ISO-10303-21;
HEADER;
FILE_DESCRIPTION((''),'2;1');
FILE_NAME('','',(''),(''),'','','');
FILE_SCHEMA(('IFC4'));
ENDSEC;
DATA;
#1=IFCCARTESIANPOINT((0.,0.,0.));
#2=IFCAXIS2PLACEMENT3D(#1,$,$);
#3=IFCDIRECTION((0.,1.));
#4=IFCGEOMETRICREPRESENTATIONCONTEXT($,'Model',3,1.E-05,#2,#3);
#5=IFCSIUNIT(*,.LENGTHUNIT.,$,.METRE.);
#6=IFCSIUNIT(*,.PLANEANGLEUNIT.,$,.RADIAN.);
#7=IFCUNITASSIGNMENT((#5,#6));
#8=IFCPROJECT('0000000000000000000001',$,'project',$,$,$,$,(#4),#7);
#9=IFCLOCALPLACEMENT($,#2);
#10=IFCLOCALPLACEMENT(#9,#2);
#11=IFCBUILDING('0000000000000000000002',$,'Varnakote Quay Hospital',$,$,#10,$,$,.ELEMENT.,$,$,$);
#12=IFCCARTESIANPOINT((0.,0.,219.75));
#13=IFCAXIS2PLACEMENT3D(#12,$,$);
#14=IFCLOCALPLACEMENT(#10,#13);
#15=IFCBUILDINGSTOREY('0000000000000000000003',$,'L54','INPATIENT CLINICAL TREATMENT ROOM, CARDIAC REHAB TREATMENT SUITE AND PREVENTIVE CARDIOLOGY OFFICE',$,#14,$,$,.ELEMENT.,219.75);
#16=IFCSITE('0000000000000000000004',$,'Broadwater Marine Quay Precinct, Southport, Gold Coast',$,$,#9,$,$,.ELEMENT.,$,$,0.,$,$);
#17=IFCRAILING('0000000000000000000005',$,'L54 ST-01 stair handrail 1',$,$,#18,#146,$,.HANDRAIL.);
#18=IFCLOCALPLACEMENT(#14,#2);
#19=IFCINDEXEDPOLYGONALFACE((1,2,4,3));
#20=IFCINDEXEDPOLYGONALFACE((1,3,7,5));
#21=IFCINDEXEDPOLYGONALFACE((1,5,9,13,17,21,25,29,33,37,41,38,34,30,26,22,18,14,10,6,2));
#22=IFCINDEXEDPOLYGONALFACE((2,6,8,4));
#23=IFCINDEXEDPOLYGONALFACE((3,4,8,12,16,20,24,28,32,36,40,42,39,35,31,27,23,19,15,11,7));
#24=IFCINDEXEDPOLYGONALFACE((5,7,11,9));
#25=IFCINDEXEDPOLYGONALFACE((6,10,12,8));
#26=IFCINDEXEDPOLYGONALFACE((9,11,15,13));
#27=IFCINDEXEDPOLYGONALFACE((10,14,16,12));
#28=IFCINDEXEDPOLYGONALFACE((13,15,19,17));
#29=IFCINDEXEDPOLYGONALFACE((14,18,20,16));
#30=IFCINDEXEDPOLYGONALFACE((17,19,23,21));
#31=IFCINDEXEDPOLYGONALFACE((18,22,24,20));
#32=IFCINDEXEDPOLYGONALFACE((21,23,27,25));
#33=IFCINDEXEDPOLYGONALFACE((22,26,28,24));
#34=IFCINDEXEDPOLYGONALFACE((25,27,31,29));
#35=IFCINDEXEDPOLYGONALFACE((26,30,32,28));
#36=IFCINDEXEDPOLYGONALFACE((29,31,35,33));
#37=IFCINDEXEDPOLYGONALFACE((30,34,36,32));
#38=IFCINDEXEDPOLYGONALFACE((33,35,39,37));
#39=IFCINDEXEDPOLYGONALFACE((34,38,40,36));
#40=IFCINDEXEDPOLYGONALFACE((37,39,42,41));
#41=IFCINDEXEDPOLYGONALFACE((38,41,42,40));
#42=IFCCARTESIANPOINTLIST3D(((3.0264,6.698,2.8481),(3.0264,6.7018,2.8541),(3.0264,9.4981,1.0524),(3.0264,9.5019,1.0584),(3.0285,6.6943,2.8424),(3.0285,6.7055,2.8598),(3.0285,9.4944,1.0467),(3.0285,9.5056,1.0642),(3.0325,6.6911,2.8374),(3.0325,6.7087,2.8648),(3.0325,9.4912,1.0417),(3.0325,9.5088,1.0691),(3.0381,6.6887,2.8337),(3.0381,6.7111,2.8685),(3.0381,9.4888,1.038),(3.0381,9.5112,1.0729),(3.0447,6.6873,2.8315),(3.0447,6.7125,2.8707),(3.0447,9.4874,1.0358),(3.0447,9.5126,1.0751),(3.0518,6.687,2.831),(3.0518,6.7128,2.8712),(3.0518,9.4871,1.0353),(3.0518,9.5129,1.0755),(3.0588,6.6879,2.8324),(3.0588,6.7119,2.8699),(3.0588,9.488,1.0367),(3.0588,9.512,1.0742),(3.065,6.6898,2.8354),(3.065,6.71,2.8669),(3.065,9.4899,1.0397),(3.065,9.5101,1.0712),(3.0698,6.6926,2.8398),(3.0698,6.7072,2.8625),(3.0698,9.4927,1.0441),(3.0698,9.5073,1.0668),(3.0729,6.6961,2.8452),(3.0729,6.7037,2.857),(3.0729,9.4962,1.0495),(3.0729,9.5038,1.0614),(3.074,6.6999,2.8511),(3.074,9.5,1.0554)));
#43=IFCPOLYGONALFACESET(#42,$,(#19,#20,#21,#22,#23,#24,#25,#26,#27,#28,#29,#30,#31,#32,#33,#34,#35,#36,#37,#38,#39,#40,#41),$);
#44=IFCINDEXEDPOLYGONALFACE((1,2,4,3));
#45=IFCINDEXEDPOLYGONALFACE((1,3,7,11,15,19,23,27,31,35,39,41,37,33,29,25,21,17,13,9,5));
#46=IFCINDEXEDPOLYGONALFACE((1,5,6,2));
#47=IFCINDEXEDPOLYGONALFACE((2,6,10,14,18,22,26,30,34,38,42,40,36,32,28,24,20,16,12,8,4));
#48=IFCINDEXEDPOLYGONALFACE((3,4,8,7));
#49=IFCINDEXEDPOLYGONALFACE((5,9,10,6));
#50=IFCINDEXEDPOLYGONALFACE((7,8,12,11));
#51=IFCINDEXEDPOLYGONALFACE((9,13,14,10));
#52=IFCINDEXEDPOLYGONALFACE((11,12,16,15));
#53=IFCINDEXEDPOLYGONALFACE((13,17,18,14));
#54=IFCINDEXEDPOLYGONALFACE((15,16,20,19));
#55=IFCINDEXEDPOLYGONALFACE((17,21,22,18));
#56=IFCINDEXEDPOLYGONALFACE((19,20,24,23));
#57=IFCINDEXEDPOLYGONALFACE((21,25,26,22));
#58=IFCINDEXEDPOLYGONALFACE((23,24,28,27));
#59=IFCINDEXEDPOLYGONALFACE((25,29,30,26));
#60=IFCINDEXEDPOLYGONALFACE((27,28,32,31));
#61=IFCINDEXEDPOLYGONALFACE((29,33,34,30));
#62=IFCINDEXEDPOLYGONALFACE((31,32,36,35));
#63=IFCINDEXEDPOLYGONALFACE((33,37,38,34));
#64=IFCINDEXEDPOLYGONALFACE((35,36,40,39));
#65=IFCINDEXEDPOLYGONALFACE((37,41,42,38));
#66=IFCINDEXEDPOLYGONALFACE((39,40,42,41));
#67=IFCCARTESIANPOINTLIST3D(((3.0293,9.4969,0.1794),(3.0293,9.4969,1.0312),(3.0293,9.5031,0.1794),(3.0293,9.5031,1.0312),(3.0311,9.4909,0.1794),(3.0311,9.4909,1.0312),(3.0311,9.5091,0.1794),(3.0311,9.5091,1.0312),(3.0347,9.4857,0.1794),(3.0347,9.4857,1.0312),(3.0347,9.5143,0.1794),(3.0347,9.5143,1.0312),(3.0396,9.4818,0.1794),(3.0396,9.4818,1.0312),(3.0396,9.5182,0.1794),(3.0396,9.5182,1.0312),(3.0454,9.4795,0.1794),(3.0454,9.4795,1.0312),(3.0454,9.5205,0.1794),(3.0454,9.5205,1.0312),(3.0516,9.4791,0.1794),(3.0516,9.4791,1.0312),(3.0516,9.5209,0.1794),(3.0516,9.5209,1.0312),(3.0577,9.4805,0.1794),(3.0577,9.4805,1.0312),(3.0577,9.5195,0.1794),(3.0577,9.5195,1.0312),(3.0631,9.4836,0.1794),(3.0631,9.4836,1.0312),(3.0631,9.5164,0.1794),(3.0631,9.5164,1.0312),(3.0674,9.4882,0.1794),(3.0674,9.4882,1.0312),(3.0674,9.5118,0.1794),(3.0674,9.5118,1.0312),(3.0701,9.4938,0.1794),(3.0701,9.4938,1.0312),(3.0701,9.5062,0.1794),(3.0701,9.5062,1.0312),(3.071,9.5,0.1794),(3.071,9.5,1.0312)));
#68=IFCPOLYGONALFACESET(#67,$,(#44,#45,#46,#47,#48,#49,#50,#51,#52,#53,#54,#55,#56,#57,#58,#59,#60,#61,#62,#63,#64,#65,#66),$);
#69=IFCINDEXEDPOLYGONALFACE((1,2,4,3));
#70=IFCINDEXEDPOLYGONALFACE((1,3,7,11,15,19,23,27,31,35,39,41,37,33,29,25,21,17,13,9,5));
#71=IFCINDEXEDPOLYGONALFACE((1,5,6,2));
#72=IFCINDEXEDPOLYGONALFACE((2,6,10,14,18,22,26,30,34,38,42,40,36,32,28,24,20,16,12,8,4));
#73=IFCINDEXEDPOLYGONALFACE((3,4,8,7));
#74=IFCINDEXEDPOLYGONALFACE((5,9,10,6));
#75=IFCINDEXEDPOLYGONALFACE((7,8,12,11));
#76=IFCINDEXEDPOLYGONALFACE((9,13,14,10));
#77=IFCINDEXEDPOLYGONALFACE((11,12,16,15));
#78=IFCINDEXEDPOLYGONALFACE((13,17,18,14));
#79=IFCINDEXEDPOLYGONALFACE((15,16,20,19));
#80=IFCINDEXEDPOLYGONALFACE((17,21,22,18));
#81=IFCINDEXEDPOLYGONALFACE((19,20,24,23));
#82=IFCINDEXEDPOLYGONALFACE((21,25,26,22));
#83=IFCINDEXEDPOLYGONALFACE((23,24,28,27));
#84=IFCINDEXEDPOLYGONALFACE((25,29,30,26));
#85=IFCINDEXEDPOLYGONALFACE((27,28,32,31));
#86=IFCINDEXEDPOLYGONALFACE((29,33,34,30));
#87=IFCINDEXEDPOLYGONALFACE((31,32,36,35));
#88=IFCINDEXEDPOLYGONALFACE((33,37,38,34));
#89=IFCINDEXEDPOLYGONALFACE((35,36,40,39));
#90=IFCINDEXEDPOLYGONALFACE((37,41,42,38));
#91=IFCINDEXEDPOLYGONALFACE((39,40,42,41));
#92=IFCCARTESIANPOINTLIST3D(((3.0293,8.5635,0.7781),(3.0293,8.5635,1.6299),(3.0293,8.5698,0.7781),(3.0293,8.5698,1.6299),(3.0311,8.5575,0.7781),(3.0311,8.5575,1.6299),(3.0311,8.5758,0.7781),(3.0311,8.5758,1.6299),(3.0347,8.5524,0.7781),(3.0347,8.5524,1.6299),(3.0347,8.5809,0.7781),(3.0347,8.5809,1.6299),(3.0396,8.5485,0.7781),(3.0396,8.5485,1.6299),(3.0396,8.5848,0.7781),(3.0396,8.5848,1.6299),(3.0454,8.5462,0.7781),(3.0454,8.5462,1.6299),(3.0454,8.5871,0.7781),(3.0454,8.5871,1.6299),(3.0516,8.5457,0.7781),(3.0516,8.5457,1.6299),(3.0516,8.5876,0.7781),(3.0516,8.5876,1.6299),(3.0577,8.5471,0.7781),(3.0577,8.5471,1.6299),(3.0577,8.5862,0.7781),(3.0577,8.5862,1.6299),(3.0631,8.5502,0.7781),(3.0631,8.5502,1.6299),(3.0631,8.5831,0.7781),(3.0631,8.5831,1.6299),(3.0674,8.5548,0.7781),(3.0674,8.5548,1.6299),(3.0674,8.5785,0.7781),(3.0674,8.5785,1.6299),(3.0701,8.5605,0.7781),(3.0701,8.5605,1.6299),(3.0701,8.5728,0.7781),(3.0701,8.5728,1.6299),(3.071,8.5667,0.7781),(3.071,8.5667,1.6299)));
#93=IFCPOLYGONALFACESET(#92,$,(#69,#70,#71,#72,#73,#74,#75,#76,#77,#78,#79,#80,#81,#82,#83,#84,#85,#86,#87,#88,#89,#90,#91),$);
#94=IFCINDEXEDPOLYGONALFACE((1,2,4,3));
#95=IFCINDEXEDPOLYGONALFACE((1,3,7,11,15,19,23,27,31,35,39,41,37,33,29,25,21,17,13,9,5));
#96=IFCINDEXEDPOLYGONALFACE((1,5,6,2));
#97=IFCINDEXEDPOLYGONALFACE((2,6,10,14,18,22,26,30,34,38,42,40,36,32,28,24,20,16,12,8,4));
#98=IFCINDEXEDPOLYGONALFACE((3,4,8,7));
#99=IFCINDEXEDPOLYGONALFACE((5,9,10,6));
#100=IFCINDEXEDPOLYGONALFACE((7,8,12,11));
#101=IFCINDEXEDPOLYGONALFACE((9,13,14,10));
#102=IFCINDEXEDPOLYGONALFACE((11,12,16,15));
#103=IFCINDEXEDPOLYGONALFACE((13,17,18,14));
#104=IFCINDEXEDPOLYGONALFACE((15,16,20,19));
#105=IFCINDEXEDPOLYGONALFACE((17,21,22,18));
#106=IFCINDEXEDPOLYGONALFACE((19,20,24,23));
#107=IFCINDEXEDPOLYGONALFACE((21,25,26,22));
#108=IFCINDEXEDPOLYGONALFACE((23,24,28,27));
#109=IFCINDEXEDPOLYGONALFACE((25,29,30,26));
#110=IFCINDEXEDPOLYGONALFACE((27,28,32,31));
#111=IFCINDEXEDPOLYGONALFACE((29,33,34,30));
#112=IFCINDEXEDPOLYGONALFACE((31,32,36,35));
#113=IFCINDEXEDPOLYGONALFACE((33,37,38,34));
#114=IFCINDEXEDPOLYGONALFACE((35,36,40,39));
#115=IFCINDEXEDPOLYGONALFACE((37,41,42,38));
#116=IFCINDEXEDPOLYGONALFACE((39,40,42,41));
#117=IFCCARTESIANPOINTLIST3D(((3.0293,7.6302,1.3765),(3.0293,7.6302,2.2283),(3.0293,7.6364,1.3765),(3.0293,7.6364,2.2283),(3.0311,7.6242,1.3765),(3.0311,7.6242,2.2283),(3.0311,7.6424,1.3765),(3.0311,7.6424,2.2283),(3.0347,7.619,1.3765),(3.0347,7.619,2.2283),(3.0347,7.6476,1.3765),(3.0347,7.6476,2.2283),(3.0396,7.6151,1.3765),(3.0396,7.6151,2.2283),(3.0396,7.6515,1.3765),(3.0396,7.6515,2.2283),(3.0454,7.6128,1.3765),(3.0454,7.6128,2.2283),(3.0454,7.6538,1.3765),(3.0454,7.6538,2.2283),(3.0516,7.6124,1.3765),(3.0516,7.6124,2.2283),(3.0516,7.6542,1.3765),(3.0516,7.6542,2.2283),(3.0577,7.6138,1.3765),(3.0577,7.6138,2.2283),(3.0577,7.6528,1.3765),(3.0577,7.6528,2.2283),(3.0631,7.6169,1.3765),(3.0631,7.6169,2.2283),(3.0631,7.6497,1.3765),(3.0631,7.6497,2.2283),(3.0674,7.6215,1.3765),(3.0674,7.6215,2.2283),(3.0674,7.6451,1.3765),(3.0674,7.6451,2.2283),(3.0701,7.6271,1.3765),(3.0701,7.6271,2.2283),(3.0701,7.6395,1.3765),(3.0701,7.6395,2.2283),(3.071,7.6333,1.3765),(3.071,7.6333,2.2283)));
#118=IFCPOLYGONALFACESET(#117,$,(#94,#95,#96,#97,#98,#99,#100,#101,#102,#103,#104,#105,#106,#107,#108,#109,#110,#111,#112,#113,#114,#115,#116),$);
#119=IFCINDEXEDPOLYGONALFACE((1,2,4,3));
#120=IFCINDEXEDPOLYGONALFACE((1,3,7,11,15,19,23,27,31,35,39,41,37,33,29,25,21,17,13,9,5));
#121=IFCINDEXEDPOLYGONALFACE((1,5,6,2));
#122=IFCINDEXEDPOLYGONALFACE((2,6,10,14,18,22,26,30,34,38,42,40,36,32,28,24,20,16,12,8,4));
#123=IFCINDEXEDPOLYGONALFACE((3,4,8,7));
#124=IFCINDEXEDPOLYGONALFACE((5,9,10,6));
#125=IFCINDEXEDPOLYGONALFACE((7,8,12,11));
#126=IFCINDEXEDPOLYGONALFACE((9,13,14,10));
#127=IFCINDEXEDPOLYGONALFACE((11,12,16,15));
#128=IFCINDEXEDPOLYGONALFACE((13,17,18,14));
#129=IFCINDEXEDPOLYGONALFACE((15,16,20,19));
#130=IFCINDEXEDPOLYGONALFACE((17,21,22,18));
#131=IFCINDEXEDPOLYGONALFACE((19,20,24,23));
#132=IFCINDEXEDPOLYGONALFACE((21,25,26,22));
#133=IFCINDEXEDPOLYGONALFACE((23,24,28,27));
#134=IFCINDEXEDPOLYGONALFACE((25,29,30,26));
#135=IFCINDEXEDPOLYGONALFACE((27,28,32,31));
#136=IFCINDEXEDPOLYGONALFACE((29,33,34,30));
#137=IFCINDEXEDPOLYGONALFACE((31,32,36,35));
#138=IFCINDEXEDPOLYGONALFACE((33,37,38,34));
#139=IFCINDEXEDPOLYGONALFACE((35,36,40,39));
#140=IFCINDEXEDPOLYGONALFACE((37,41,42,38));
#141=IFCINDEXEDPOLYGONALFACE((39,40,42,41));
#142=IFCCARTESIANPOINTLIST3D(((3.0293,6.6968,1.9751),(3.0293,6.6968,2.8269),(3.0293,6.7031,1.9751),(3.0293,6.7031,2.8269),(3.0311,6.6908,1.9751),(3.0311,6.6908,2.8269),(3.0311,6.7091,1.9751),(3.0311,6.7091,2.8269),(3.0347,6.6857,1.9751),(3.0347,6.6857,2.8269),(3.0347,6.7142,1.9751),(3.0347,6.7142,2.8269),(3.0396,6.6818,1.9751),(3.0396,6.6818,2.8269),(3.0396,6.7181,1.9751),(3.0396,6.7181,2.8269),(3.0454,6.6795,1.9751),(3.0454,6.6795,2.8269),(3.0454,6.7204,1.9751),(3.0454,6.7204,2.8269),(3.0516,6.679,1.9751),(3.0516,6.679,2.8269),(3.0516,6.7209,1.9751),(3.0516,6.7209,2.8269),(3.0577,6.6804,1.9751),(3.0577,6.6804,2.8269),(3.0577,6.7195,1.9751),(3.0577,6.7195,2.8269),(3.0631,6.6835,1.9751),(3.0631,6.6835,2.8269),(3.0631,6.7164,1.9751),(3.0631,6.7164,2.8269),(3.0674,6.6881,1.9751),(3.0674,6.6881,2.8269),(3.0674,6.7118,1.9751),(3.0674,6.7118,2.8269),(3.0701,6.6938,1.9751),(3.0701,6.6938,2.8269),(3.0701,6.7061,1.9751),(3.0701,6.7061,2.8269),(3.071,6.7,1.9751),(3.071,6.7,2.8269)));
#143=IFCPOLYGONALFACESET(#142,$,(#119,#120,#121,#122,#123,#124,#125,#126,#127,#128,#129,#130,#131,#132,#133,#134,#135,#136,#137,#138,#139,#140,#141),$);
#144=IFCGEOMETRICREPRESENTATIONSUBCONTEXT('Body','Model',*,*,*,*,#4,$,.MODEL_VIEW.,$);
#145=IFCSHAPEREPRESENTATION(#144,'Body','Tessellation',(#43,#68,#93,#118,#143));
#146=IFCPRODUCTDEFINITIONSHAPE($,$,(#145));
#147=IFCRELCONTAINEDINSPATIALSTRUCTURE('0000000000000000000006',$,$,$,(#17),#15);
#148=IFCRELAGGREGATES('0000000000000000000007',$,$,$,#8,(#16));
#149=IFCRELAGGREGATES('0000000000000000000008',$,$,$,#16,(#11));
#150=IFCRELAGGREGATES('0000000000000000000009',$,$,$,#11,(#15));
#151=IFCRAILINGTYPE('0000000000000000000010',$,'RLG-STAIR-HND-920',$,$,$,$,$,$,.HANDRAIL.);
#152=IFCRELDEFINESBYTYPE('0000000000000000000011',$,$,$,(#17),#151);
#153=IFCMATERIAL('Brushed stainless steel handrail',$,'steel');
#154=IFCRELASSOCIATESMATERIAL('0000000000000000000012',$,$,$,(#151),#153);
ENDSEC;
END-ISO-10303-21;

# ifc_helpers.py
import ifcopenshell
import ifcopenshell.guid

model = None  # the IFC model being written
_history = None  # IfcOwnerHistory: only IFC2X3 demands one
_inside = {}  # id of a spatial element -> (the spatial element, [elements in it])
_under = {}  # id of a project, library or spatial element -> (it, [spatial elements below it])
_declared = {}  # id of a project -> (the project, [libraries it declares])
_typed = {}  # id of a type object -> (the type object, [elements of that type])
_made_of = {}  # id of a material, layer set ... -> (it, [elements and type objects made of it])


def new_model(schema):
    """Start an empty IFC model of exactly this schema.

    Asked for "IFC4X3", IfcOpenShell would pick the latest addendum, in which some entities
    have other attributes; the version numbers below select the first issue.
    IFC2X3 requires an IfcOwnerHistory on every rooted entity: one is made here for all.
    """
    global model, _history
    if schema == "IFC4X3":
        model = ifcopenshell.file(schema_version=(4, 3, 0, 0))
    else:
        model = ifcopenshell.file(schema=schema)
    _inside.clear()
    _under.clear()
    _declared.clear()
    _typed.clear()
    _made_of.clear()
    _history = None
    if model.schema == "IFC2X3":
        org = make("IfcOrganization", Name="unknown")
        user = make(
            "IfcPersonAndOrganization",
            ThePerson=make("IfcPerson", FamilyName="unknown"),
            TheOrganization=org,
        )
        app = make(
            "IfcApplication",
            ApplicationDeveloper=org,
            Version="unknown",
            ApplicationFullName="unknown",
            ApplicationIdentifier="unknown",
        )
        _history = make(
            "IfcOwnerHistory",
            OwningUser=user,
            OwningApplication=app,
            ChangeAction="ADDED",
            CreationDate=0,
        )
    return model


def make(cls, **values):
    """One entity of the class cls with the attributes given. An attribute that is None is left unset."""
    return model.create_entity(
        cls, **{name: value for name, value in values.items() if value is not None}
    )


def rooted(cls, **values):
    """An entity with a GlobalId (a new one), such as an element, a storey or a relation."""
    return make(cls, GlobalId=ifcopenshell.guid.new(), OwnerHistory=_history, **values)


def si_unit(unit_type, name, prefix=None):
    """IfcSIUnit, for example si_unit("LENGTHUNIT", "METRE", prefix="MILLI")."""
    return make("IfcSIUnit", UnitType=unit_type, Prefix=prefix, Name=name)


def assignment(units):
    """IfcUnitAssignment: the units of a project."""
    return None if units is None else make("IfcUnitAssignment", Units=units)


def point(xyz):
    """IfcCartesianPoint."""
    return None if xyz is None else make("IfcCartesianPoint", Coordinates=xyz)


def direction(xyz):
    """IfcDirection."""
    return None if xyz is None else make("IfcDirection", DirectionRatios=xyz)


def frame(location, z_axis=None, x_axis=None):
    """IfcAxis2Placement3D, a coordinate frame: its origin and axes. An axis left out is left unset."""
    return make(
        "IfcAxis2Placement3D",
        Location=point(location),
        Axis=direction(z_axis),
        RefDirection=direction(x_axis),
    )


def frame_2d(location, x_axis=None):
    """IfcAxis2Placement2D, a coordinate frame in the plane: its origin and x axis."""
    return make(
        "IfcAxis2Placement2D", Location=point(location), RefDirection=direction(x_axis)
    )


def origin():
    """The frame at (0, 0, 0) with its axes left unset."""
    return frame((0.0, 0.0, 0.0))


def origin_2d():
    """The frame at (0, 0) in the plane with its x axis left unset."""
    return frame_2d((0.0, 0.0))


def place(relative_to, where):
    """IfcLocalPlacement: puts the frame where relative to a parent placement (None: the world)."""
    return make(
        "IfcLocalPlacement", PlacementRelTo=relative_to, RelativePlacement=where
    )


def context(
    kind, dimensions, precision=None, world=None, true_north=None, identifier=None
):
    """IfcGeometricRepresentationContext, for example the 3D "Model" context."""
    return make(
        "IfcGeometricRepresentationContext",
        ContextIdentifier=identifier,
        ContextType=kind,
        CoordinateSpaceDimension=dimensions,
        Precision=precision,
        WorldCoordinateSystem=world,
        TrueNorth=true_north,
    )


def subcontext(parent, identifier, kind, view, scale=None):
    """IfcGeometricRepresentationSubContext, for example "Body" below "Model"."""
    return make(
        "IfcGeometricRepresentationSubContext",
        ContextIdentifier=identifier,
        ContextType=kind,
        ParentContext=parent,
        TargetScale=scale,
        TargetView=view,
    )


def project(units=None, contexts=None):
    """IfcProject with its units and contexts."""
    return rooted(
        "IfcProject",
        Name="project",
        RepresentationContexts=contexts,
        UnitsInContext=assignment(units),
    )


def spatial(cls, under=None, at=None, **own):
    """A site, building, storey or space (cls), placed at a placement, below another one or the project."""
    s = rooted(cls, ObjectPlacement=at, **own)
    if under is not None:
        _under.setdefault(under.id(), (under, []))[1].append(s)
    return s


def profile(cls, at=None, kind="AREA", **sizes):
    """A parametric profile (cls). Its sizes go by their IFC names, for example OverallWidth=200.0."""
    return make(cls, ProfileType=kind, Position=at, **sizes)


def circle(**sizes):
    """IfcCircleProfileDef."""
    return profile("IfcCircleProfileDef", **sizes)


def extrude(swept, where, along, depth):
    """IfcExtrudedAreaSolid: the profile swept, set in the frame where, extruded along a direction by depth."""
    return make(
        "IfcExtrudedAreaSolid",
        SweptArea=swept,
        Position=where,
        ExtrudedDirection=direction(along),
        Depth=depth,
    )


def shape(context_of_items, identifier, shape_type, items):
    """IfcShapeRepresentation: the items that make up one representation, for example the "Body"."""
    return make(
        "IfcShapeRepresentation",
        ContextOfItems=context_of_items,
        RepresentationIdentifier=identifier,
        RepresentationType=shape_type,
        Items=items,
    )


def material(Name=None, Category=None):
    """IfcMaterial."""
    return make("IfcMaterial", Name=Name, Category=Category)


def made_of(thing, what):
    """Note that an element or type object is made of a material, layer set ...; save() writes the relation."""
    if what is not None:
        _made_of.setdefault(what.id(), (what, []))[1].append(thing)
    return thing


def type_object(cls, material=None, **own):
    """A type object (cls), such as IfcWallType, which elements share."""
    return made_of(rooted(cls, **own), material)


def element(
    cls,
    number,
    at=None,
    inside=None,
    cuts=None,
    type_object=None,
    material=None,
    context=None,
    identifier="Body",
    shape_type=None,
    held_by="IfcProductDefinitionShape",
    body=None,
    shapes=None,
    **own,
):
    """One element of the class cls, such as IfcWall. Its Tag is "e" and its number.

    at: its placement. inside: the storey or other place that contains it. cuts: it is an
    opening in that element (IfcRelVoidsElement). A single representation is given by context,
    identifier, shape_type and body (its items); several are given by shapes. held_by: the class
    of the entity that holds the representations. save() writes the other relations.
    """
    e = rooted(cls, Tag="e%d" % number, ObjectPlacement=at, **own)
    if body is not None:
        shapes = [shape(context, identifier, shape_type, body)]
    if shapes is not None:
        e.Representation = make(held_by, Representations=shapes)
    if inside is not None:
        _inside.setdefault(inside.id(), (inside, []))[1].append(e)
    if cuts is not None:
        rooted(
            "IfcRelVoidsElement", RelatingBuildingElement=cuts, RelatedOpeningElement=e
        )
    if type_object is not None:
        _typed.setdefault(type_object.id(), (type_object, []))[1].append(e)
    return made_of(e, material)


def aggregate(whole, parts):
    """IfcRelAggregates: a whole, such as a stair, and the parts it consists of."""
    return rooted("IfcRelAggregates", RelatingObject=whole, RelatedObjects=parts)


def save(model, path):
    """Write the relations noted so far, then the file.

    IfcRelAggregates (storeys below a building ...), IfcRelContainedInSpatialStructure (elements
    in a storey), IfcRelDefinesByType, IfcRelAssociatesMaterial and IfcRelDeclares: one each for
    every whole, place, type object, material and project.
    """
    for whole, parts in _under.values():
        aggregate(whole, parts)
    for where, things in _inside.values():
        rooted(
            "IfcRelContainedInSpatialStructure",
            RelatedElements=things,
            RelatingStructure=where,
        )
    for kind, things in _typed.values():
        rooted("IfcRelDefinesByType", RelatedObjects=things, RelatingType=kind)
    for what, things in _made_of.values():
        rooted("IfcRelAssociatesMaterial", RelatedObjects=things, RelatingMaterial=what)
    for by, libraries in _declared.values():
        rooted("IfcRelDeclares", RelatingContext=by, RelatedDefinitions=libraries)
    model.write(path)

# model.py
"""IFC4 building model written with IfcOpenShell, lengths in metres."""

from ifc_helpers import new_model, si_unit, direction, frame, origin, origin_2d, place, context, subcontext, project, spatial, circle, extrude, material, type_object, element, save


model = new_model("IFC4")

# Units and contexts
model_context = context("Model", 3, precision=1e-05, world=origin(), true_north=direction((0.0, 1.0)))
body_context = subcontext(model_context, "Body", "Model", "MODEL_VIEW")
ifc_project = project(units=[si_unit("LENGTHUNIT", "METRE"), si_unit("PLANEANGLEUNIT", "RADIAN")], contexts=[model_context])

# Site, building, storey
site_placement = place(None, origin())
site = spatial("IfcSite", under=ifc_project, at=site_placement, Name="Broadwater Marine Quay Precinct, Southport, Gold Coast", CompositionType="ELEMENT", RefElevation=0.0)
building_placement = place(site_placement, origin())
building = spatial("IfcBuilding", under=site, at=building_placement, Name="Varnakote Quay Hospital", CompositionType="ELEMENT")
storey_placement = place(building_placement, frame((0.0, 0.0, 219.75)))
storey = spatial("IfcBuildingStorey", under=building, at=storey_placement, Name="L54", Description="INPATIENT CLINICAL TREATMENT ROOM, CARDIAC REHAB TREATMENT SUITE AND PREVENTIVE CARDIOLOGY OFFICE", CompositionType="ELEMENT", Elevation=219.75)

# Railing
ifc_material_1 = material(Name="Brushed stainless steel handrail", Category="steel")
railing_type_1 = type_object("IfcRailingType", Name="RLG-STAIR-HND-920", PredefinedType="HANDRAIL", material=ifc_material_1)
railing_1_placement = place(storey_placement, frame((3.05, 9.5, 0.1794)))
element("IfcRailing", 1, at=railing_1_placement, inside=storey, type_object=railing_type_1, Name="L54 ST-01 stair handrail 1", PredefinedType="HANDRAIL", context=body_context, shape_type="SweptSolid", body=[
    extrude(circle(Radius=0.0239, at=origin_2d()), frame((0.0, 0.0, 0.876), z_axis=(0.0, -0.841777, 0.539826), x_axis=(1.0, 0.0, 0.0)), (0.0, 0.0, 1.0), 3.3264),
    extrude(circle(Radius=0.021, at=origin_2d()), origin(), (0.0, 0.0, 1.0), 0.8518),
    extrude(circle(Radius=0.021, at=origin_2d()), frame((0.0, -0.9333, 0.5986)), (0.0, 0.0, 1.0), 0.8518),
    extrude(circle(Radius=0.021, at=origin_2d()), frame((0.0, -1.8667, 1.197)), (0.0, 0.0, 1.0), 0.8518),
    extrude(circle(Radius=0.021, at=origin_2d()), frame((0.0, -2.8, 1.7957)), (0.0, 0.0, 1.0), 0.8518),
])

save(model, "model.ifc")
